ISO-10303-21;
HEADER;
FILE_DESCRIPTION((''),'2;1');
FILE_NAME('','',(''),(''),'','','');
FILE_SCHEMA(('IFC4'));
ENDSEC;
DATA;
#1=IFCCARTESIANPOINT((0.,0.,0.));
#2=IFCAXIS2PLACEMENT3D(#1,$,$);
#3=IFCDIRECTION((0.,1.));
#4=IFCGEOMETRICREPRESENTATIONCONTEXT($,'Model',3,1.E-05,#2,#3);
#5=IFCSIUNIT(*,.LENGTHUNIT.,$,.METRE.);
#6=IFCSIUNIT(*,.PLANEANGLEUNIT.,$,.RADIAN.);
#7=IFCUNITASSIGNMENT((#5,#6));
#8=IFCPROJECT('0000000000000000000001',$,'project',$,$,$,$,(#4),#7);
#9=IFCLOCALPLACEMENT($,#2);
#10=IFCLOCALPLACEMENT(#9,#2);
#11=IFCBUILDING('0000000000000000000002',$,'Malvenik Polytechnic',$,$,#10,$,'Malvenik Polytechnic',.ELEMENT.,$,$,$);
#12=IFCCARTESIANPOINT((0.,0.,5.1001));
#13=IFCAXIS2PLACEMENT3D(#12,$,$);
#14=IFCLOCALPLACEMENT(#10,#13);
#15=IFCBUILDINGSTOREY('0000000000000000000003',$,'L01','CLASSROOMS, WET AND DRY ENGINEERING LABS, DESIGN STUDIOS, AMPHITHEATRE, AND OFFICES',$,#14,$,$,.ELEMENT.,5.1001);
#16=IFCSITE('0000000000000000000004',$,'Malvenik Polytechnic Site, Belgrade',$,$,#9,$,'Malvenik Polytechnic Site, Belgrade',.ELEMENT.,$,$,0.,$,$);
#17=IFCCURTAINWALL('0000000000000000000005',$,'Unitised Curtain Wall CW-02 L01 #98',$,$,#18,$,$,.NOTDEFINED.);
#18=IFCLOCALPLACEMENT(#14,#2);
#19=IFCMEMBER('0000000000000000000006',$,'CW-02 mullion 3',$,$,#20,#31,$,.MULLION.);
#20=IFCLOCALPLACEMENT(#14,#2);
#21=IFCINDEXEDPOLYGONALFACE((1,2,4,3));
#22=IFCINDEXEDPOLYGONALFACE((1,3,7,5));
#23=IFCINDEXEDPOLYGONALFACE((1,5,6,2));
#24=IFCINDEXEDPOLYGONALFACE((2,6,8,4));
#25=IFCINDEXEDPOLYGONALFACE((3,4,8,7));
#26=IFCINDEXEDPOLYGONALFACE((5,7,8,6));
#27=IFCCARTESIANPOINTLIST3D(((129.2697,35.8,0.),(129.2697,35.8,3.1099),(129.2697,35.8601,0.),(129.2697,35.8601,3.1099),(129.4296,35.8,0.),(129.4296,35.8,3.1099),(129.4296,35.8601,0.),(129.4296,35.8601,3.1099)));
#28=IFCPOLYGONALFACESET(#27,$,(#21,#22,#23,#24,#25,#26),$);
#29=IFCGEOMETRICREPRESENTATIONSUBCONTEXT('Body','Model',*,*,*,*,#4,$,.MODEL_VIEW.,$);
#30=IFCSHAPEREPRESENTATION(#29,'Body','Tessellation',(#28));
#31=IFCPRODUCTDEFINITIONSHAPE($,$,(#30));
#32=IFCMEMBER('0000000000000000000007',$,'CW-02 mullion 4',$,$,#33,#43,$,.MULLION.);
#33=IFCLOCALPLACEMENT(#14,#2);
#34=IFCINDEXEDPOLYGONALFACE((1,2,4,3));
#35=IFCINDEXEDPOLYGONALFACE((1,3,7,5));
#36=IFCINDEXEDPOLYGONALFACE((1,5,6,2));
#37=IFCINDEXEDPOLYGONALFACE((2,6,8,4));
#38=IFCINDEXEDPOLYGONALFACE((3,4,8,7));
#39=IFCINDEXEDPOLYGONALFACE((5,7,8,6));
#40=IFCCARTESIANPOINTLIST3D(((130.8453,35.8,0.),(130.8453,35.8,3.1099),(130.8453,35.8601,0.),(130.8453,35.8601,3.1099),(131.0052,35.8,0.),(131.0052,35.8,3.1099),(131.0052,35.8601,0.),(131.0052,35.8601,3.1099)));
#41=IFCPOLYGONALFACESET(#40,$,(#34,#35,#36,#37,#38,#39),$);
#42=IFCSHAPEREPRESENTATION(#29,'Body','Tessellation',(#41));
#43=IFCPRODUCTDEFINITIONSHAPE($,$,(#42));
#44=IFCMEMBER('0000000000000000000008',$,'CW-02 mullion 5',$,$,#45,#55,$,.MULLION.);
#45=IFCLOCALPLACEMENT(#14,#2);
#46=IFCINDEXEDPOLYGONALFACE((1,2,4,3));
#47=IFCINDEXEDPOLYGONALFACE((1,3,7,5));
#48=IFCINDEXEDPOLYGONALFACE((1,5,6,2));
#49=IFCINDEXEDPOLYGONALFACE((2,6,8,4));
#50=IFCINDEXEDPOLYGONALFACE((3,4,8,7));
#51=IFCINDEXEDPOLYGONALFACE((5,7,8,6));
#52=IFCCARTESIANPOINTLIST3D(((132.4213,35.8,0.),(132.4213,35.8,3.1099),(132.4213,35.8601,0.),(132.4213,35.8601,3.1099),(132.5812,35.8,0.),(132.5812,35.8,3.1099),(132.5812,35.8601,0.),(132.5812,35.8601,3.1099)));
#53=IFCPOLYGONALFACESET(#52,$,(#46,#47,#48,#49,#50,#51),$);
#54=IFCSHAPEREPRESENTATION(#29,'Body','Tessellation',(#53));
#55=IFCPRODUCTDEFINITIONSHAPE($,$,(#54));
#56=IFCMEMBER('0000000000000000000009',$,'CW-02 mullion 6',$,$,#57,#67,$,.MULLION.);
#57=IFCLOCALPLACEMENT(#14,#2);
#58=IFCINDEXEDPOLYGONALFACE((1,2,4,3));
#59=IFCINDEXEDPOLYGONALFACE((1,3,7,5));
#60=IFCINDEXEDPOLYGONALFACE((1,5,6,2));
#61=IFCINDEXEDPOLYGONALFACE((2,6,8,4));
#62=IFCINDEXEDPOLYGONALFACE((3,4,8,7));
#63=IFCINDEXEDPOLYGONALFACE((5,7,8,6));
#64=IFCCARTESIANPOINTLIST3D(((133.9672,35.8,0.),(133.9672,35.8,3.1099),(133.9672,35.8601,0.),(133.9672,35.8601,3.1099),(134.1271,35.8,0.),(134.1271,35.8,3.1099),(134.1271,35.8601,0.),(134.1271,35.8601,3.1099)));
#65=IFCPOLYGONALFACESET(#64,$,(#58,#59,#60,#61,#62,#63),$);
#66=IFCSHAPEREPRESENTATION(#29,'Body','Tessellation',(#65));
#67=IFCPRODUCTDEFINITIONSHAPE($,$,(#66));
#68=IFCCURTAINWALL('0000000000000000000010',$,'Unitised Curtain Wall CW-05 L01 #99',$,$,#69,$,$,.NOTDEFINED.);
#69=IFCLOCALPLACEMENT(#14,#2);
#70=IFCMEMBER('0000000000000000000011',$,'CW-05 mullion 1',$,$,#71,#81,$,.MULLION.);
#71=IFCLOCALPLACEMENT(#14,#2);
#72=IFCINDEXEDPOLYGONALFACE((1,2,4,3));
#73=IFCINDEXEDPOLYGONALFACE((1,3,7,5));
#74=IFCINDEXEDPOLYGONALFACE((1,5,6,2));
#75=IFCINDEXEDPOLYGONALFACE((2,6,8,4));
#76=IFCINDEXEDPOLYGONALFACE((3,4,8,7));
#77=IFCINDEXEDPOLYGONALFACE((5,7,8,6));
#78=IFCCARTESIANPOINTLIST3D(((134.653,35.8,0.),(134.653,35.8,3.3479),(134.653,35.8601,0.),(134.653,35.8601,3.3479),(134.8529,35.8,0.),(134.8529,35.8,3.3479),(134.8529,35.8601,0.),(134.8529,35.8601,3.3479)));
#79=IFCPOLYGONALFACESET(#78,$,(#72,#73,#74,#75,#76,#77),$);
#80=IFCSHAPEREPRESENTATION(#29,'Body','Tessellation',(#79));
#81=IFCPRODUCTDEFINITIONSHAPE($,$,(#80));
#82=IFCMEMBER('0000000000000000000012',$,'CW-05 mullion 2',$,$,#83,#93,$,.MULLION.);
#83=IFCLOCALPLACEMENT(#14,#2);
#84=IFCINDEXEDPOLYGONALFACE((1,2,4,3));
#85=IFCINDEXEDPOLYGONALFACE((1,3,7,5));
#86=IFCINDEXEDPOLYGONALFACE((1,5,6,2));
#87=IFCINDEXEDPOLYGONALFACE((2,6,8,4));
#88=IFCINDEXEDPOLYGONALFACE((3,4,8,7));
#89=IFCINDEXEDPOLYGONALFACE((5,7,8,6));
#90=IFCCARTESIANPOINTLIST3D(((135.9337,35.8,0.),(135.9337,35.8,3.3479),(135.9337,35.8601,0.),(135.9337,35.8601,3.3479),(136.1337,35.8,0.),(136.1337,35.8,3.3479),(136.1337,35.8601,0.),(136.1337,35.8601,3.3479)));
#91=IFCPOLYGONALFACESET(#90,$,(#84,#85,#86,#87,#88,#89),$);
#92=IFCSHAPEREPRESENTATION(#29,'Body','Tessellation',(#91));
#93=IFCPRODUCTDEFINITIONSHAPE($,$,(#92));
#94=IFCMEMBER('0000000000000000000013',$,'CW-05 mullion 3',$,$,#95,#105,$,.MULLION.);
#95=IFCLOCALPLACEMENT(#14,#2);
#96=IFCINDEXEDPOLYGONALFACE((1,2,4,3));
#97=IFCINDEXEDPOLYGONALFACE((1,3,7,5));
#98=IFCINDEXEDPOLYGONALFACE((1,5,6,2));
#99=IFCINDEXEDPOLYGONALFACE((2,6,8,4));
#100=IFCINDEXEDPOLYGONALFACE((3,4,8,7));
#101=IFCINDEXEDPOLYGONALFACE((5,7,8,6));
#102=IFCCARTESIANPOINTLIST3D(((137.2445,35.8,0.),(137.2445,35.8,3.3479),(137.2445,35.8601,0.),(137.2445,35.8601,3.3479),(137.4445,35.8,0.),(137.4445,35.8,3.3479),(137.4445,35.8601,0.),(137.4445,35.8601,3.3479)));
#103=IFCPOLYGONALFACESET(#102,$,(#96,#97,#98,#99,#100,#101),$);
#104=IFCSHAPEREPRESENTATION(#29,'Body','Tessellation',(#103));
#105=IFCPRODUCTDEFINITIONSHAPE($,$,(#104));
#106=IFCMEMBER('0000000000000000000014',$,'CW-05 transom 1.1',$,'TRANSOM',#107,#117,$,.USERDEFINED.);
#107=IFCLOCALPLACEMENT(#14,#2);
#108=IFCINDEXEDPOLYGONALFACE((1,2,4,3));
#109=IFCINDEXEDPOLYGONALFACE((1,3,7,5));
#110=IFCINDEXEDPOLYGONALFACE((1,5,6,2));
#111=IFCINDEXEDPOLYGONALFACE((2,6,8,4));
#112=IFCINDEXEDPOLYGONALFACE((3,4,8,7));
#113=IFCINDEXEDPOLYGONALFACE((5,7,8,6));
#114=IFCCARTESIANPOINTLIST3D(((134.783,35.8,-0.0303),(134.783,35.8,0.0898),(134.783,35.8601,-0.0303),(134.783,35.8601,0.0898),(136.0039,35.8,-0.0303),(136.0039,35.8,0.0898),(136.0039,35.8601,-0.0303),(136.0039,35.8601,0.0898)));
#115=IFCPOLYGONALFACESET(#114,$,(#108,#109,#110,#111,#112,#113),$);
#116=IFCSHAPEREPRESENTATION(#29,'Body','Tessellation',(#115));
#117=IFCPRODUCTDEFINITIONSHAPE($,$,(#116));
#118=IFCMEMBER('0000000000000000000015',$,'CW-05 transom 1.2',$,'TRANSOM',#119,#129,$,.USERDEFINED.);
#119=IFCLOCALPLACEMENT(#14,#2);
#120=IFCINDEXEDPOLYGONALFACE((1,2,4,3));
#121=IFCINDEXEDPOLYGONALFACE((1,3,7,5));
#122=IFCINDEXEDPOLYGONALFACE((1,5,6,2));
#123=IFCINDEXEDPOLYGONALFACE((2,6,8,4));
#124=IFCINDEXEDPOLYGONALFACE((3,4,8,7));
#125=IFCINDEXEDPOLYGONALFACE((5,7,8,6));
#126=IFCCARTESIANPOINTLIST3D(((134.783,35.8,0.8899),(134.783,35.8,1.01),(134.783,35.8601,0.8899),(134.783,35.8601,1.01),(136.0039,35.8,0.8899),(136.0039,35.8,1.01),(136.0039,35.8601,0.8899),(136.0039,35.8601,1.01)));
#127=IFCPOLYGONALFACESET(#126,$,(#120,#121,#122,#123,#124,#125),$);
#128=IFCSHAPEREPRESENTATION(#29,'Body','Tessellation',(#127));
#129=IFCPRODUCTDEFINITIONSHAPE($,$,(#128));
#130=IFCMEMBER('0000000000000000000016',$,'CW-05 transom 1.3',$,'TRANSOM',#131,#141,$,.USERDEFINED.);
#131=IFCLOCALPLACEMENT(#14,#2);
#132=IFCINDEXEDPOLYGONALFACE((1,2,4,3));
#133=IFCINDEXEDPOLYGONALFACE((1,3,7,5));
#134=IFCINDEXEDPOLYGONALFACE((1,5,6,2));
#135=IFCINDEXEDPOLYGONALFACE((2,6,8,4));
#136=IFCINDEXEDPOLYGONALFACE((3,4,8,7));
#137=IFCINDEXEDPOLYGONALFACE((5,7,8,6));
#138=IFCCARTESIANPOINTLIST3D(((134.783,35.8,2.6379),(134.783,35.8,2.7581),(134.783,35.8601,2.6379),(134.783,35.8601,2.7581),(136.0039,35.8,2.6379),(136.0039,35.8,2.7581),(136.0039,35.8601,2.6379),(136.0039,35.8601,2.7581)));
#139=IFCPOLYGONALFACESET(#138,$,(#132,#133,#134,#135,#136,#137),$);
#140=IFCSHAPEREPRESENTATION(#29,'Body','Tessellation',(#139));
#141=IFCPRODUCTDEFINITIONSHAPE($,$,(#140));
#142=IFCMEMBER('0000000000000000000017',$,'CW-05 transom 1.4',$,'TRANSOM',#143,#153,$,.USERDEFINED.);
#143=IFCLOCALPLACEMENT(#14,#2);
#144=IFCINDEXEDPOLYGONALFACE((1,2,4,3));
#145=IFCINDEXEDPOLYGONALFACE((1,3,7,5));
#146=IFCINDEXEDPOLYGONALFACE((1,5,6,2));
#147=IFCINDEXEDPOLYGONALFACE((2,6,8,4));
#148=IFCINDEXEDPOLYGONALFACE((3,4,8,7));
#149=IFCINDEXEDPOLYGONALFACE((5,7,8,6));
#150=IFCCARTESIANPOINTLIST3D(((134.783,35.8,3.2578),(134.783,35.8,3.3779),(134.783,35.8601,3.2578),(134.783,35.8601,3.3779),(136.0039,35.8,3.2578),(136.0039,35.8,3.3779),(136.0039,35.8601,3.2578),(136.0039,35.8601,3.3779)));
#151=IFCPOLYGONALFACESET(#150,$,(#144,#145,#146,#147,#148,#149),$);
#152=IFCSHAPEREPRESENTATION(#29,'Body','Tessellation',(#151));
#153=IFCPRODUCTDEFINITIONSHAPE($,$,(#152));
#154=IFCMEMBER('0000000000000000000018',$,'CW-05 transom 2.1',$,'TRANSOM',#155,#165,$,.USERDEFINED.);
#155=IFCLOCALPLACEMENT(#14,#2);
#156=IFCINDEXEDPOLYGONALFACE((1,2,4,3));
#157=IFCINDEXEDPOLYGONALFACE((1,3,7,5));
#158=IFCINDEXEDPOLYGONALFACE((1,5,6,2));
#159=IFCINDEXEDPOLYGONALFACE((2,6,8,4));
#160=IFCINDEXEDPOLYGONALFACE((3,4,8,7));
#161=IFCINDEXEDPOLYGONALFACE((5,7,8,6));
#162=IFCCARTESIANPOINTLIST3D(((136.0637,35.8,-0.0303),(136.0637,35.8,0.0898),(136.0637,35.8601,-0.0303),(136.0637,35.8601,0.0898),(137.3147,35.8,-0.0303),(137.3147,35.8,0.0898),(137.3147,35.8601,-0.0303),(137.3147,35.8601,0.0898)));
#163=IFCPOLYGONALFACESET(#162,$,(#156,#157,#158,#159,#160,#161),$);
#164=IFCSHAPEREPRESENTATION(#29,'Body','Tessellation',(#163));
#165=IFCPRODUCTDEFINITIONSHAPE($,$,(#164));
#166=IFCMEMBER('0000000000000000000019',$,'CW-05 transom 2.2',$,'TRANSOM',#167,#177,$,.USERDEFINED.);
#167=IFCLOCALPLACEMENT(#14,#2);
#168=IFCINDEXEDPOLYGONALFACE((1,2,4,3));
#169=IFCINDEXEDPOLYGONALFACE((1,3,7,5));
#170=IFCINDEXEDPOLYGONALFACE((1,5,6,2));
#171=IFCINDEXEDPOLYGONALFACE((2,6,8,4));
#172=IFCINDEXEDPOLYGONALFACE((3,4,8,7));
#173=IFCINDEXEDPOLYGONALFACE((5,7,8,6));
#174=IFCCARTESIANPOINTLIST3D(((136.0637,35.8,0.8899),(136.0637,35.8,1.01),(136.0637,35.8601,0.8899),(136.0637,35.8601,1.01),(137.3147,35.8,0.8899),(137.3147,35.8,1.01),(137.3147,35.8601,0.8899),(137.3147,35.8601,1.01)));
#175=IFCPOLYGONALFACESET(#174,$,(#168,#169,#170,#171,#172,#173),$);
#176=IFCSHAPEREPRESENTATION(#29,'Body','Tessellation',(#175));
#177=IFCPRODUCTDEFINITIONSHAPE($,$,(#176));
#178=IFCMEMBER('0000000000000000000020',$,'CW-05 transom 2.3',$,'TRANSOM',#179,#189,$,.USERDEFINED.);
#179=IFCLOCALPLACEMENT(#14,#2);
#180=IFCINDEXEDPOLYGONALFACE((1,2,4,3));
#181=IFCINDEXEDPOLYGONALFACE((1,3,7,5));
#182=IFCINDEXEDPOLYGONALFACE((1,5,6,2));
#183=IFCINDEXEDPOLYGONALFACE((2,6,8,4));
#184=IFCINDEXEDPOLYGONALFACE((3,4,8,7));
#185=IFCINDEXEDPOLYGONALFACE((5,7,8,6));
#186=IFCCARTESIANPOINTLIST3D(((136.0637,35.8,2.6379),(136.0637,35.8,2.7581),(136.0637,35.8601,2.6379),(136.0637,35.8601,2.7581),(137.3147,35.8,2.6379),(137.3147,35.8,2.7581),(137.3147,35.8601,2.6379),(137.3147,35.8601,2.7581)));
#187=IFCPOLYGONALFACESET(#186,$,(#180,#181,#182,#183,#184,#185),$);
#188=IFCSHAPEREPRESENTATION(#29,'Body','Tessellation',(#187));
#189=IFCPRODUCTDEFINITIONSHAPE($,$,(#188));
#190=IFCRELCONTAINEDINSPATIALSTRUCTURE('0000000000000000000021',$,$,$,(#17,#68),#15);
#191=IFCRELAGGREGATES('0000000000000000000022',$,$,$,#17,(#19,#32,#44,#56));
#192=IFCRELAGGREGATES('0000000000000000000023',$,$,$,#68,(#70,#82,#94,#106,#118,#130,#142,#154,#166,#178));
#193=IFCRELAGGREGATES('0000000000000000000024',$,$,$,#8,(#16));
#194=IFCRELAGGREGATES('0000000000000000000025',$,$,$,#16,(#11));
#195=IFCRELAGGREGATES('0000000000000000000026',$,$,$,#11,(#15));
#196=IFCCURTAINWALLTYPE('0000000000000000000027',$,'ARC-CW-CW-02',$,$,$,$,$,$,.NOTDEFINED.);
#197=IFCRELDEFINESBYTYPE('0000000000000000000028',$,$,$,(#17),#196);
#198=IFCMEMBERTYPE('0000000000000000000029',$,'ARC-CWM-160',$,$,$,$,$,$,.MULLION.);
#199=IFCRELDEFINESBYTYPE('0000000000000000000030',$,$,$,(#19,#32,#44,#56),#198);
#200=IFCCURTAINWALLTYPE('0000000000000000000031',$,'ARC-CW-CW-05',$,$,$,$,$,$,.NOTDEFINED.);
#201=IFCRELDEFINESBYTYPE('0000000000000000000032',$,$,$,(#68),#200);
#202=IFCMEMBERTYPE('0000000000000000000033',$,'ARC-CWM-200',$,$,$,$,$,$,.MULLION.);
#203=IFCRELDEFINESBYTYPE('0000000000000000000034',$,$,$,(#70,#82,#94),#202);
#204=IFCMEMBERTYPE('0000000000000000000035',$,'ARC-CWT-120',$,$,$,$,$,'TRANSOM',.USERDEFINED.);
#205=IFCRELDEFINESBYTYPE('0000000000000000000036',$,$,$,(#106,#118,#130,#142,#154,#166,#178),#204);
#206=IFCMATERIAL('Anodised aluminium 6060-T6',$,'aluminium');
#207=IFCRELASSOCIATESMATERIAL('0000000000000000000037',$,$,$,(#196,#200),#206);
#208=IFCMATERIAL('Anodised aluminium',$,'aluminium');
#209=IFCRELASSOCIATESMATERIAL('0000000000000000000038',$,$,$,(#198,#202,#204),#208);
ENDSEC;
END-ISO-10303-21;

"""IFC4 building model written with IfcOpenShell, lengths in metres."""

from ifc_helpers import new_model, si_unit, direction, frame, origin, origin_2d, place, context, subcontext, project, spatial, rectangle, extrude, material, material_profile, profile_set, type_object, element, aggregate, save


model = new_model("IFC4")

# Units and contexts
model_context = context("Model", 3, precision=1e-05, world=origin(), true_north=direction((0.0, 1.0)))
body_context = subcontext(model_context, "Body", "Model", "MODEL_VIEW")
ifc_project = project(units=[si_unit("LENGTHUNIT", "METRE"), si_unit("PLANEANGLEUNIT", "RADIAN")], contexts=[model_context])

# Site, building, storey
site_placement = place(None, origin())
site = spatial("IfcSite", under=ifc_project, at=site_placement, Name="Malvenik Polytechnic Site, Belgrade", LongName="Malvenik Polytechnic Site, Belgrade", CompositionType="ELEMENT", RefElevation=0.0)
building_placement = place(site_placement, origin())
building = spatial("IfcBuilding", under=site, at=building_placement, Name="Malvenik Polytechnic", LongName="Malvenik Polytechnic", CompositionType="ELEMENT")
storey_placement = place(building_placement, frame((0.0, 0.0, 5.1001)))
storey = spatial("IfcBuildingStorey", under=building, at=storey_placement, Name="L01", Description="CLASSROOMS, WET AND DRY ENGINEERING LABS, DESIGN STUDIOS, AMPHITHEATRE, AND OFFICES", CompositionType="ELEMENT", Elevation=5.1001)

# Curtain walls, members
ifc_material_1 = material(Name="Anodised aluminium 6060-T6", Category="aluminium")
curtain_wall_type_1 = type_object("IfcCurtainWallType", Name="ARC-CW-CW-02", PredefinedType="NOTDEFINED", material=ifc_material_1)
curtain_wall_1_placement = place(storey_placement, origin())
curtain_wall_1 = element("IfcCurtainWall", 1, at=curtain_wall_1_placement, inside=storey, type_object=curtain_wall_type_1, Name="Unitised Curtain Wall CW-02 L01 #98", PredefinedType="NOTDEFINED")
ifc_material_2 = material(Name="Anodised aluminium", Category="aluminium")
ifc_material_profile_1 = material_profile(ifc_material_2, rectangle(XDim=0.0601, YDim=0.1599, at=origin_2d()), Name="ALU MULLION 60x160")
ifc_profile_set_1 = profile_set([ifc_material_profile_1], Name="Anodised aluminium")
member_type_1 = type_object("IfcMemberType", Name="ARC-CWM-160", PredefinedType="MULLION", material=ifc_profile_set_1)
member_1_placement = place(storey_placement, frame((129.3496, 35.8301, 0.0), z_axis=(0.0, 0.0, 1.0), x_axis=(0.0, 1.0, 0.0)))
member_1 = element("IfcMember", 2, at=member_1_placement, type_object=member_type_1, Name="CW-02 mullion 3", PredefinedType="MULLION", context=body_context, shape_type="SweptSolid", body=[
    extrude(rectangle(XDim=0.0601, YDim=0.1599, at=origin_2d()), origin(), (0.0, 0.0, 1.0), 3.1099),
])
member_2_placement = place(storey_placement, frame((130.9253, 35.8301, 0.0), z_axis=(0.0, 0.0, 1.0), x_axis=(0.0, 1.0, 0.0)))
member_2 = element("IfcMember", 3, at=member_2_placement, type_object=member_type_1, Name="CW-02 mullion 4", PredefinedType="MULLION", context=body_context, shape_type="SweptSolid", body=[
    extrude(rectangle(XDim=0.0601, YDim=0.1599, at=origin_2d()), origin(), (0.0, 0.0, 1.0), 3.1099),
])
member_3_placement = place(storey_placement, frame((132.5012, 35.8301, 0.0), z_axis=(0.0, 0.0, 1.0), x_axis=(0.0, 1.0, 0.0)))
member_3 = element("IfcMember", 4, at=member_3_placement, type_object=member_type_1, Name="CW-02 mullion 5", PredefinedType="MULLION", context=body_context, shape_type="SweptSolid", body=[
    extrude(rectangle(XDim=0.0601, YDim=0.1599, at=origin_2d()), origin(), (0.0, 0.0, 1.0), 3.1099),
])
member_4_placement = place(storey_placement, frame((134.0471, 35.8301, 0.0), z_axis=(0.0, 0.0, 1.0), x_axis=(0.0, 1.0, 0.0)))
member_4 = element("IfcMember", 5, at=member_4_placement, type_object=member_type_1, Name="CW-02 mullion 6", PredefinedType="MULLION", context=body_context, shape_type="SweptSolid", body=[
    extrude(rectangle(XDim=0.0601, YDim=0.1599, at=origin_2d()), origin(), (0.0, 0.0, 1.0), 3.1099),
])
curtain_wall_type_2 = type_object("IfcCurtainWallType", Name="ARC-CW-CW-05", PredefinedType="NOTDEFINED", material=ifc_material_1)
curtain_wall_2_placement = place(storey_placement, origin())
curtain_wall_2 = element("IfcCurtainWall", 6, at=curtain_wall_2_placement, inside=storey, type_object=curtain_wall_type_2, Name="Unitised Curtain Wall CW-05 L01 #99", PredefinedType="NOTDEFINED")
ifc_material_profile_2 = material_profile(ifc_material_2, rectangle(XDim=0.0601, YDim=0.2, at=origin_2d()), Name="ALU MULLION 60x200")
ifc_profile_set_2 = profile_set([ifc_material_profile_2], Name="Anodised aluminium")
member_type_2 = type_object("IfcMemberType", Name="ARC-CWM-200", PredefinedType="MULLION", material=ifc_profile_set_2)
member_5_placement = place(storey_placement, frame((134.7529, 35.8301, 0.0), z_axis=(0.0, 0.0, 1.0), x_axis=(0.0, 1.0, 0.0)))
member_5 = element("IfcMember", 7, at=member_5_placement, type_object=member_type_2, Name="CW-05 mullion 1", PredefinedType="MULLION", context=body_context, shape_type="SweptSolid", body=[
    extrude(rectangle(XDim=0.0601, YDim=0.2, at=origin_2d()), origin(), (0.0, 0.0, 1.0), 3.3479),
])
member_6_placement = place(storey_placement, frame((136.0337, 35.8301, 0.0), z_axis=(0.0, 0.0, 1.0), x_axis=(0.0, 1.0, 0.0)))
member_6 = element("IfcMember", 8, at=member_6_placement, type_object=member_type_2, Name="CW-05 mullion 2", PredefinedType="MULLION", context=body_context, shape_type="SweptSolid", body=[
    extrude(rectangle(XDim=0.0601, YDim=0.2, at=origin_2d()), origin(), (0.0, 0.0, 1.0), 3.3479),
])
member_7_placement = place(storey_placement, frame((137.3445, 35.8301, 0.0), z_axis=(0.0, 0.0, 1.0), x_axis=(0.0, 1.0, 0.0)))
member_7 = element("IfcMember", 9, at=member_7_placement, type_object=member_type_2, Name="CW-05 mullion 3", PredefinedType="MULLION", context=body_context, shape_type="SweptSolid", body=[
    extrude(rectangle(XDim=0.0601, YDim=0.2, at=origin_2d()), origin(), (0.0, 0.0, 1.0), 3.3479),
])
ifc_material_profile_3 = material_profile(ifc_material_2, rectangle(XDim=0.0601, YDim=0.1201, at=origin_2d()), Name="ALU TRANSOM 60x120")
ifc_profile_set_3 = profile_set([ifc_material_profile_3], Name="Anodised aluminium")
member_type_3 = type_object("IfcMemberType", Name="ARC-CWT-120", ElementType="TRANSOM", PredefinedType="USERDEFINED", material=ifc_profile_set_3)
member_8_placement = place(storey_placement, frame((134.783, 35.8301, 0.0298), z_axis=(1.0, 0.0, 0.0), x_axis=(0.0, 1.0, 0.0)))
member_8 = element("IfcMember", 10, at=member_8_placement, type_object=member_type_3, Name="CW-05 transom 1.1", ObjectType="TRANSOM", PredefinedType="USERDEFINED", context=body_context, shape_type="SweptSolid", body=[
    extrude(rectangle(XDim=0.0601, YDim=0.1201, at=origin_2d()), origin(), (0.0, 0.0, 1.0), 1.2209),
])
member_9_placement = place(storey_placement, frame((134.783, 35.8301, 0.95), z_axis=(1.0, 0.0, 0.0), x_axis=(0.0, 1.0, 0.0)))
member_9 = element("IfcMember", 11, at=member_9_placement, type_object=member_type_3, Name="CW-05 transom 1.2", ObjectType="TRANSOM", PredefinedType="USERDEFINED", context=body_context, shape_type="SweptSolid", body=[
    extrude(rectangle(XDim=0.0601, YDim=0.1201, at=origin_2d()), origin(), (0.0, 0.0, 1.0), 1.2209),
])
member_10_placement = place(storey_placement, frame((134.783, 35.8301, 2.698), z_axis=(1.0, 0.0, 0.0), x_axis=(0.0, 1.0, 0.0)))
member_10 = element("IfcMember", 12, at=member_10_placement, type_object=member_type_3, Name="CW-05 transom 1.3", ObjectType="TRANSOM", PredefinedType="USERDEFINED", context=body_context, shape_type="SweptSolid", body=[
    extrude(rectangle(XDim=0.0601, YDim=0.1201, at=origin_2d()), origin(), (0.0, 0.0, 1.0), 1.2209),
])
member_11_placement = place(storey_placement, frame((134.783, 35.8301, 3.3179), z_axis=(1.0, 0.0, 0.0), x_axis=(0.0, 1.0, 0.0)))
member_11 = element("IfcMember", 13, at=member_11_placement, type_object=member_type_3, Name="CW-05 transom 1.4", ObjectType="TRANSOM", PredefinedType="USERDEFINED", context=body_context, shape_type="SweptSolid", body=[
    extrude(rectangle(XDim=0.0601, YDim=0.1201, at=origin_2d()), origin(), (0.0, 0.0, 1.0), 1.2209),
])
member_12_placement = place(storey_placement, frame((136.0637, 35.8301, 0.0298), z_axis=(1.0, 0.0, 0.0), x_axis=(0.0, 1.0, 0.0)))
member_12 = element("IfcMember", 14, at=member_12_placement, type_object=member_type_3, Name="CW-05 transom 2.1", ObjectType="TRANSOM", PredefinedType="USERDEFINED", context=body_context, shape_type="SweptSolid", body=[
    extrude(rectangle(XDim=0.0601, YDim=0.1201, at=origin_2d()), origin(), (0.0, 0.0, 1.0), 1.251),
])
member_13_placement = place(storey_placement, frame((136.0637, 35.8301, 0.95), z_axis=(1.0, 0.0, 0.0), x_axis=(0.0, 1.0, 0.0)))
member_13 = element("IfcMember", 15, at=member_13_placement, type_object=member_type_3, Name="CW-05 transom 2.2", ObjectType="TRANSOM", PredefinedType="USERDEFINED", context=body_context, shape_type="SweptSolid", body=[
    extrude(rectangle(XDim=0.0601, YDim=0.1201, at=origin_2d()), origin(), (0.0, 0.0, 1.0), 1.251),
])
member_14_placement = place(storey_placement, frame((136.0637, 35.8301, 2.698), z_axis=(1.0, 0.0, 0.0), x_axis=(0.0, 1.0, 0.0)))
member_14 = element("IfcMember", 16, at=member_14_placement, type_object=member_type_3, Name="CW-05 transom 2.3", ObjectType="TRANSOM", PredefinedType="USERDEFINED", context=body_context, shape_type="SweptSolid", body=[
    extrude(rectangle(XDim=0.0601, YDim=0.1201, at=origin_2d()), origin(), (0.0, 0.0, 1.0), 1.251),
])

aggregate(curtain_wall_1, [member_1, member_2, member_3, member_4])
aggregate(curtain_wall_2, [member_5, member_6, member_7, member_8, member_9, member_10, member_11, member_12, member_13, member_14])

save(model, "model.ifc")
